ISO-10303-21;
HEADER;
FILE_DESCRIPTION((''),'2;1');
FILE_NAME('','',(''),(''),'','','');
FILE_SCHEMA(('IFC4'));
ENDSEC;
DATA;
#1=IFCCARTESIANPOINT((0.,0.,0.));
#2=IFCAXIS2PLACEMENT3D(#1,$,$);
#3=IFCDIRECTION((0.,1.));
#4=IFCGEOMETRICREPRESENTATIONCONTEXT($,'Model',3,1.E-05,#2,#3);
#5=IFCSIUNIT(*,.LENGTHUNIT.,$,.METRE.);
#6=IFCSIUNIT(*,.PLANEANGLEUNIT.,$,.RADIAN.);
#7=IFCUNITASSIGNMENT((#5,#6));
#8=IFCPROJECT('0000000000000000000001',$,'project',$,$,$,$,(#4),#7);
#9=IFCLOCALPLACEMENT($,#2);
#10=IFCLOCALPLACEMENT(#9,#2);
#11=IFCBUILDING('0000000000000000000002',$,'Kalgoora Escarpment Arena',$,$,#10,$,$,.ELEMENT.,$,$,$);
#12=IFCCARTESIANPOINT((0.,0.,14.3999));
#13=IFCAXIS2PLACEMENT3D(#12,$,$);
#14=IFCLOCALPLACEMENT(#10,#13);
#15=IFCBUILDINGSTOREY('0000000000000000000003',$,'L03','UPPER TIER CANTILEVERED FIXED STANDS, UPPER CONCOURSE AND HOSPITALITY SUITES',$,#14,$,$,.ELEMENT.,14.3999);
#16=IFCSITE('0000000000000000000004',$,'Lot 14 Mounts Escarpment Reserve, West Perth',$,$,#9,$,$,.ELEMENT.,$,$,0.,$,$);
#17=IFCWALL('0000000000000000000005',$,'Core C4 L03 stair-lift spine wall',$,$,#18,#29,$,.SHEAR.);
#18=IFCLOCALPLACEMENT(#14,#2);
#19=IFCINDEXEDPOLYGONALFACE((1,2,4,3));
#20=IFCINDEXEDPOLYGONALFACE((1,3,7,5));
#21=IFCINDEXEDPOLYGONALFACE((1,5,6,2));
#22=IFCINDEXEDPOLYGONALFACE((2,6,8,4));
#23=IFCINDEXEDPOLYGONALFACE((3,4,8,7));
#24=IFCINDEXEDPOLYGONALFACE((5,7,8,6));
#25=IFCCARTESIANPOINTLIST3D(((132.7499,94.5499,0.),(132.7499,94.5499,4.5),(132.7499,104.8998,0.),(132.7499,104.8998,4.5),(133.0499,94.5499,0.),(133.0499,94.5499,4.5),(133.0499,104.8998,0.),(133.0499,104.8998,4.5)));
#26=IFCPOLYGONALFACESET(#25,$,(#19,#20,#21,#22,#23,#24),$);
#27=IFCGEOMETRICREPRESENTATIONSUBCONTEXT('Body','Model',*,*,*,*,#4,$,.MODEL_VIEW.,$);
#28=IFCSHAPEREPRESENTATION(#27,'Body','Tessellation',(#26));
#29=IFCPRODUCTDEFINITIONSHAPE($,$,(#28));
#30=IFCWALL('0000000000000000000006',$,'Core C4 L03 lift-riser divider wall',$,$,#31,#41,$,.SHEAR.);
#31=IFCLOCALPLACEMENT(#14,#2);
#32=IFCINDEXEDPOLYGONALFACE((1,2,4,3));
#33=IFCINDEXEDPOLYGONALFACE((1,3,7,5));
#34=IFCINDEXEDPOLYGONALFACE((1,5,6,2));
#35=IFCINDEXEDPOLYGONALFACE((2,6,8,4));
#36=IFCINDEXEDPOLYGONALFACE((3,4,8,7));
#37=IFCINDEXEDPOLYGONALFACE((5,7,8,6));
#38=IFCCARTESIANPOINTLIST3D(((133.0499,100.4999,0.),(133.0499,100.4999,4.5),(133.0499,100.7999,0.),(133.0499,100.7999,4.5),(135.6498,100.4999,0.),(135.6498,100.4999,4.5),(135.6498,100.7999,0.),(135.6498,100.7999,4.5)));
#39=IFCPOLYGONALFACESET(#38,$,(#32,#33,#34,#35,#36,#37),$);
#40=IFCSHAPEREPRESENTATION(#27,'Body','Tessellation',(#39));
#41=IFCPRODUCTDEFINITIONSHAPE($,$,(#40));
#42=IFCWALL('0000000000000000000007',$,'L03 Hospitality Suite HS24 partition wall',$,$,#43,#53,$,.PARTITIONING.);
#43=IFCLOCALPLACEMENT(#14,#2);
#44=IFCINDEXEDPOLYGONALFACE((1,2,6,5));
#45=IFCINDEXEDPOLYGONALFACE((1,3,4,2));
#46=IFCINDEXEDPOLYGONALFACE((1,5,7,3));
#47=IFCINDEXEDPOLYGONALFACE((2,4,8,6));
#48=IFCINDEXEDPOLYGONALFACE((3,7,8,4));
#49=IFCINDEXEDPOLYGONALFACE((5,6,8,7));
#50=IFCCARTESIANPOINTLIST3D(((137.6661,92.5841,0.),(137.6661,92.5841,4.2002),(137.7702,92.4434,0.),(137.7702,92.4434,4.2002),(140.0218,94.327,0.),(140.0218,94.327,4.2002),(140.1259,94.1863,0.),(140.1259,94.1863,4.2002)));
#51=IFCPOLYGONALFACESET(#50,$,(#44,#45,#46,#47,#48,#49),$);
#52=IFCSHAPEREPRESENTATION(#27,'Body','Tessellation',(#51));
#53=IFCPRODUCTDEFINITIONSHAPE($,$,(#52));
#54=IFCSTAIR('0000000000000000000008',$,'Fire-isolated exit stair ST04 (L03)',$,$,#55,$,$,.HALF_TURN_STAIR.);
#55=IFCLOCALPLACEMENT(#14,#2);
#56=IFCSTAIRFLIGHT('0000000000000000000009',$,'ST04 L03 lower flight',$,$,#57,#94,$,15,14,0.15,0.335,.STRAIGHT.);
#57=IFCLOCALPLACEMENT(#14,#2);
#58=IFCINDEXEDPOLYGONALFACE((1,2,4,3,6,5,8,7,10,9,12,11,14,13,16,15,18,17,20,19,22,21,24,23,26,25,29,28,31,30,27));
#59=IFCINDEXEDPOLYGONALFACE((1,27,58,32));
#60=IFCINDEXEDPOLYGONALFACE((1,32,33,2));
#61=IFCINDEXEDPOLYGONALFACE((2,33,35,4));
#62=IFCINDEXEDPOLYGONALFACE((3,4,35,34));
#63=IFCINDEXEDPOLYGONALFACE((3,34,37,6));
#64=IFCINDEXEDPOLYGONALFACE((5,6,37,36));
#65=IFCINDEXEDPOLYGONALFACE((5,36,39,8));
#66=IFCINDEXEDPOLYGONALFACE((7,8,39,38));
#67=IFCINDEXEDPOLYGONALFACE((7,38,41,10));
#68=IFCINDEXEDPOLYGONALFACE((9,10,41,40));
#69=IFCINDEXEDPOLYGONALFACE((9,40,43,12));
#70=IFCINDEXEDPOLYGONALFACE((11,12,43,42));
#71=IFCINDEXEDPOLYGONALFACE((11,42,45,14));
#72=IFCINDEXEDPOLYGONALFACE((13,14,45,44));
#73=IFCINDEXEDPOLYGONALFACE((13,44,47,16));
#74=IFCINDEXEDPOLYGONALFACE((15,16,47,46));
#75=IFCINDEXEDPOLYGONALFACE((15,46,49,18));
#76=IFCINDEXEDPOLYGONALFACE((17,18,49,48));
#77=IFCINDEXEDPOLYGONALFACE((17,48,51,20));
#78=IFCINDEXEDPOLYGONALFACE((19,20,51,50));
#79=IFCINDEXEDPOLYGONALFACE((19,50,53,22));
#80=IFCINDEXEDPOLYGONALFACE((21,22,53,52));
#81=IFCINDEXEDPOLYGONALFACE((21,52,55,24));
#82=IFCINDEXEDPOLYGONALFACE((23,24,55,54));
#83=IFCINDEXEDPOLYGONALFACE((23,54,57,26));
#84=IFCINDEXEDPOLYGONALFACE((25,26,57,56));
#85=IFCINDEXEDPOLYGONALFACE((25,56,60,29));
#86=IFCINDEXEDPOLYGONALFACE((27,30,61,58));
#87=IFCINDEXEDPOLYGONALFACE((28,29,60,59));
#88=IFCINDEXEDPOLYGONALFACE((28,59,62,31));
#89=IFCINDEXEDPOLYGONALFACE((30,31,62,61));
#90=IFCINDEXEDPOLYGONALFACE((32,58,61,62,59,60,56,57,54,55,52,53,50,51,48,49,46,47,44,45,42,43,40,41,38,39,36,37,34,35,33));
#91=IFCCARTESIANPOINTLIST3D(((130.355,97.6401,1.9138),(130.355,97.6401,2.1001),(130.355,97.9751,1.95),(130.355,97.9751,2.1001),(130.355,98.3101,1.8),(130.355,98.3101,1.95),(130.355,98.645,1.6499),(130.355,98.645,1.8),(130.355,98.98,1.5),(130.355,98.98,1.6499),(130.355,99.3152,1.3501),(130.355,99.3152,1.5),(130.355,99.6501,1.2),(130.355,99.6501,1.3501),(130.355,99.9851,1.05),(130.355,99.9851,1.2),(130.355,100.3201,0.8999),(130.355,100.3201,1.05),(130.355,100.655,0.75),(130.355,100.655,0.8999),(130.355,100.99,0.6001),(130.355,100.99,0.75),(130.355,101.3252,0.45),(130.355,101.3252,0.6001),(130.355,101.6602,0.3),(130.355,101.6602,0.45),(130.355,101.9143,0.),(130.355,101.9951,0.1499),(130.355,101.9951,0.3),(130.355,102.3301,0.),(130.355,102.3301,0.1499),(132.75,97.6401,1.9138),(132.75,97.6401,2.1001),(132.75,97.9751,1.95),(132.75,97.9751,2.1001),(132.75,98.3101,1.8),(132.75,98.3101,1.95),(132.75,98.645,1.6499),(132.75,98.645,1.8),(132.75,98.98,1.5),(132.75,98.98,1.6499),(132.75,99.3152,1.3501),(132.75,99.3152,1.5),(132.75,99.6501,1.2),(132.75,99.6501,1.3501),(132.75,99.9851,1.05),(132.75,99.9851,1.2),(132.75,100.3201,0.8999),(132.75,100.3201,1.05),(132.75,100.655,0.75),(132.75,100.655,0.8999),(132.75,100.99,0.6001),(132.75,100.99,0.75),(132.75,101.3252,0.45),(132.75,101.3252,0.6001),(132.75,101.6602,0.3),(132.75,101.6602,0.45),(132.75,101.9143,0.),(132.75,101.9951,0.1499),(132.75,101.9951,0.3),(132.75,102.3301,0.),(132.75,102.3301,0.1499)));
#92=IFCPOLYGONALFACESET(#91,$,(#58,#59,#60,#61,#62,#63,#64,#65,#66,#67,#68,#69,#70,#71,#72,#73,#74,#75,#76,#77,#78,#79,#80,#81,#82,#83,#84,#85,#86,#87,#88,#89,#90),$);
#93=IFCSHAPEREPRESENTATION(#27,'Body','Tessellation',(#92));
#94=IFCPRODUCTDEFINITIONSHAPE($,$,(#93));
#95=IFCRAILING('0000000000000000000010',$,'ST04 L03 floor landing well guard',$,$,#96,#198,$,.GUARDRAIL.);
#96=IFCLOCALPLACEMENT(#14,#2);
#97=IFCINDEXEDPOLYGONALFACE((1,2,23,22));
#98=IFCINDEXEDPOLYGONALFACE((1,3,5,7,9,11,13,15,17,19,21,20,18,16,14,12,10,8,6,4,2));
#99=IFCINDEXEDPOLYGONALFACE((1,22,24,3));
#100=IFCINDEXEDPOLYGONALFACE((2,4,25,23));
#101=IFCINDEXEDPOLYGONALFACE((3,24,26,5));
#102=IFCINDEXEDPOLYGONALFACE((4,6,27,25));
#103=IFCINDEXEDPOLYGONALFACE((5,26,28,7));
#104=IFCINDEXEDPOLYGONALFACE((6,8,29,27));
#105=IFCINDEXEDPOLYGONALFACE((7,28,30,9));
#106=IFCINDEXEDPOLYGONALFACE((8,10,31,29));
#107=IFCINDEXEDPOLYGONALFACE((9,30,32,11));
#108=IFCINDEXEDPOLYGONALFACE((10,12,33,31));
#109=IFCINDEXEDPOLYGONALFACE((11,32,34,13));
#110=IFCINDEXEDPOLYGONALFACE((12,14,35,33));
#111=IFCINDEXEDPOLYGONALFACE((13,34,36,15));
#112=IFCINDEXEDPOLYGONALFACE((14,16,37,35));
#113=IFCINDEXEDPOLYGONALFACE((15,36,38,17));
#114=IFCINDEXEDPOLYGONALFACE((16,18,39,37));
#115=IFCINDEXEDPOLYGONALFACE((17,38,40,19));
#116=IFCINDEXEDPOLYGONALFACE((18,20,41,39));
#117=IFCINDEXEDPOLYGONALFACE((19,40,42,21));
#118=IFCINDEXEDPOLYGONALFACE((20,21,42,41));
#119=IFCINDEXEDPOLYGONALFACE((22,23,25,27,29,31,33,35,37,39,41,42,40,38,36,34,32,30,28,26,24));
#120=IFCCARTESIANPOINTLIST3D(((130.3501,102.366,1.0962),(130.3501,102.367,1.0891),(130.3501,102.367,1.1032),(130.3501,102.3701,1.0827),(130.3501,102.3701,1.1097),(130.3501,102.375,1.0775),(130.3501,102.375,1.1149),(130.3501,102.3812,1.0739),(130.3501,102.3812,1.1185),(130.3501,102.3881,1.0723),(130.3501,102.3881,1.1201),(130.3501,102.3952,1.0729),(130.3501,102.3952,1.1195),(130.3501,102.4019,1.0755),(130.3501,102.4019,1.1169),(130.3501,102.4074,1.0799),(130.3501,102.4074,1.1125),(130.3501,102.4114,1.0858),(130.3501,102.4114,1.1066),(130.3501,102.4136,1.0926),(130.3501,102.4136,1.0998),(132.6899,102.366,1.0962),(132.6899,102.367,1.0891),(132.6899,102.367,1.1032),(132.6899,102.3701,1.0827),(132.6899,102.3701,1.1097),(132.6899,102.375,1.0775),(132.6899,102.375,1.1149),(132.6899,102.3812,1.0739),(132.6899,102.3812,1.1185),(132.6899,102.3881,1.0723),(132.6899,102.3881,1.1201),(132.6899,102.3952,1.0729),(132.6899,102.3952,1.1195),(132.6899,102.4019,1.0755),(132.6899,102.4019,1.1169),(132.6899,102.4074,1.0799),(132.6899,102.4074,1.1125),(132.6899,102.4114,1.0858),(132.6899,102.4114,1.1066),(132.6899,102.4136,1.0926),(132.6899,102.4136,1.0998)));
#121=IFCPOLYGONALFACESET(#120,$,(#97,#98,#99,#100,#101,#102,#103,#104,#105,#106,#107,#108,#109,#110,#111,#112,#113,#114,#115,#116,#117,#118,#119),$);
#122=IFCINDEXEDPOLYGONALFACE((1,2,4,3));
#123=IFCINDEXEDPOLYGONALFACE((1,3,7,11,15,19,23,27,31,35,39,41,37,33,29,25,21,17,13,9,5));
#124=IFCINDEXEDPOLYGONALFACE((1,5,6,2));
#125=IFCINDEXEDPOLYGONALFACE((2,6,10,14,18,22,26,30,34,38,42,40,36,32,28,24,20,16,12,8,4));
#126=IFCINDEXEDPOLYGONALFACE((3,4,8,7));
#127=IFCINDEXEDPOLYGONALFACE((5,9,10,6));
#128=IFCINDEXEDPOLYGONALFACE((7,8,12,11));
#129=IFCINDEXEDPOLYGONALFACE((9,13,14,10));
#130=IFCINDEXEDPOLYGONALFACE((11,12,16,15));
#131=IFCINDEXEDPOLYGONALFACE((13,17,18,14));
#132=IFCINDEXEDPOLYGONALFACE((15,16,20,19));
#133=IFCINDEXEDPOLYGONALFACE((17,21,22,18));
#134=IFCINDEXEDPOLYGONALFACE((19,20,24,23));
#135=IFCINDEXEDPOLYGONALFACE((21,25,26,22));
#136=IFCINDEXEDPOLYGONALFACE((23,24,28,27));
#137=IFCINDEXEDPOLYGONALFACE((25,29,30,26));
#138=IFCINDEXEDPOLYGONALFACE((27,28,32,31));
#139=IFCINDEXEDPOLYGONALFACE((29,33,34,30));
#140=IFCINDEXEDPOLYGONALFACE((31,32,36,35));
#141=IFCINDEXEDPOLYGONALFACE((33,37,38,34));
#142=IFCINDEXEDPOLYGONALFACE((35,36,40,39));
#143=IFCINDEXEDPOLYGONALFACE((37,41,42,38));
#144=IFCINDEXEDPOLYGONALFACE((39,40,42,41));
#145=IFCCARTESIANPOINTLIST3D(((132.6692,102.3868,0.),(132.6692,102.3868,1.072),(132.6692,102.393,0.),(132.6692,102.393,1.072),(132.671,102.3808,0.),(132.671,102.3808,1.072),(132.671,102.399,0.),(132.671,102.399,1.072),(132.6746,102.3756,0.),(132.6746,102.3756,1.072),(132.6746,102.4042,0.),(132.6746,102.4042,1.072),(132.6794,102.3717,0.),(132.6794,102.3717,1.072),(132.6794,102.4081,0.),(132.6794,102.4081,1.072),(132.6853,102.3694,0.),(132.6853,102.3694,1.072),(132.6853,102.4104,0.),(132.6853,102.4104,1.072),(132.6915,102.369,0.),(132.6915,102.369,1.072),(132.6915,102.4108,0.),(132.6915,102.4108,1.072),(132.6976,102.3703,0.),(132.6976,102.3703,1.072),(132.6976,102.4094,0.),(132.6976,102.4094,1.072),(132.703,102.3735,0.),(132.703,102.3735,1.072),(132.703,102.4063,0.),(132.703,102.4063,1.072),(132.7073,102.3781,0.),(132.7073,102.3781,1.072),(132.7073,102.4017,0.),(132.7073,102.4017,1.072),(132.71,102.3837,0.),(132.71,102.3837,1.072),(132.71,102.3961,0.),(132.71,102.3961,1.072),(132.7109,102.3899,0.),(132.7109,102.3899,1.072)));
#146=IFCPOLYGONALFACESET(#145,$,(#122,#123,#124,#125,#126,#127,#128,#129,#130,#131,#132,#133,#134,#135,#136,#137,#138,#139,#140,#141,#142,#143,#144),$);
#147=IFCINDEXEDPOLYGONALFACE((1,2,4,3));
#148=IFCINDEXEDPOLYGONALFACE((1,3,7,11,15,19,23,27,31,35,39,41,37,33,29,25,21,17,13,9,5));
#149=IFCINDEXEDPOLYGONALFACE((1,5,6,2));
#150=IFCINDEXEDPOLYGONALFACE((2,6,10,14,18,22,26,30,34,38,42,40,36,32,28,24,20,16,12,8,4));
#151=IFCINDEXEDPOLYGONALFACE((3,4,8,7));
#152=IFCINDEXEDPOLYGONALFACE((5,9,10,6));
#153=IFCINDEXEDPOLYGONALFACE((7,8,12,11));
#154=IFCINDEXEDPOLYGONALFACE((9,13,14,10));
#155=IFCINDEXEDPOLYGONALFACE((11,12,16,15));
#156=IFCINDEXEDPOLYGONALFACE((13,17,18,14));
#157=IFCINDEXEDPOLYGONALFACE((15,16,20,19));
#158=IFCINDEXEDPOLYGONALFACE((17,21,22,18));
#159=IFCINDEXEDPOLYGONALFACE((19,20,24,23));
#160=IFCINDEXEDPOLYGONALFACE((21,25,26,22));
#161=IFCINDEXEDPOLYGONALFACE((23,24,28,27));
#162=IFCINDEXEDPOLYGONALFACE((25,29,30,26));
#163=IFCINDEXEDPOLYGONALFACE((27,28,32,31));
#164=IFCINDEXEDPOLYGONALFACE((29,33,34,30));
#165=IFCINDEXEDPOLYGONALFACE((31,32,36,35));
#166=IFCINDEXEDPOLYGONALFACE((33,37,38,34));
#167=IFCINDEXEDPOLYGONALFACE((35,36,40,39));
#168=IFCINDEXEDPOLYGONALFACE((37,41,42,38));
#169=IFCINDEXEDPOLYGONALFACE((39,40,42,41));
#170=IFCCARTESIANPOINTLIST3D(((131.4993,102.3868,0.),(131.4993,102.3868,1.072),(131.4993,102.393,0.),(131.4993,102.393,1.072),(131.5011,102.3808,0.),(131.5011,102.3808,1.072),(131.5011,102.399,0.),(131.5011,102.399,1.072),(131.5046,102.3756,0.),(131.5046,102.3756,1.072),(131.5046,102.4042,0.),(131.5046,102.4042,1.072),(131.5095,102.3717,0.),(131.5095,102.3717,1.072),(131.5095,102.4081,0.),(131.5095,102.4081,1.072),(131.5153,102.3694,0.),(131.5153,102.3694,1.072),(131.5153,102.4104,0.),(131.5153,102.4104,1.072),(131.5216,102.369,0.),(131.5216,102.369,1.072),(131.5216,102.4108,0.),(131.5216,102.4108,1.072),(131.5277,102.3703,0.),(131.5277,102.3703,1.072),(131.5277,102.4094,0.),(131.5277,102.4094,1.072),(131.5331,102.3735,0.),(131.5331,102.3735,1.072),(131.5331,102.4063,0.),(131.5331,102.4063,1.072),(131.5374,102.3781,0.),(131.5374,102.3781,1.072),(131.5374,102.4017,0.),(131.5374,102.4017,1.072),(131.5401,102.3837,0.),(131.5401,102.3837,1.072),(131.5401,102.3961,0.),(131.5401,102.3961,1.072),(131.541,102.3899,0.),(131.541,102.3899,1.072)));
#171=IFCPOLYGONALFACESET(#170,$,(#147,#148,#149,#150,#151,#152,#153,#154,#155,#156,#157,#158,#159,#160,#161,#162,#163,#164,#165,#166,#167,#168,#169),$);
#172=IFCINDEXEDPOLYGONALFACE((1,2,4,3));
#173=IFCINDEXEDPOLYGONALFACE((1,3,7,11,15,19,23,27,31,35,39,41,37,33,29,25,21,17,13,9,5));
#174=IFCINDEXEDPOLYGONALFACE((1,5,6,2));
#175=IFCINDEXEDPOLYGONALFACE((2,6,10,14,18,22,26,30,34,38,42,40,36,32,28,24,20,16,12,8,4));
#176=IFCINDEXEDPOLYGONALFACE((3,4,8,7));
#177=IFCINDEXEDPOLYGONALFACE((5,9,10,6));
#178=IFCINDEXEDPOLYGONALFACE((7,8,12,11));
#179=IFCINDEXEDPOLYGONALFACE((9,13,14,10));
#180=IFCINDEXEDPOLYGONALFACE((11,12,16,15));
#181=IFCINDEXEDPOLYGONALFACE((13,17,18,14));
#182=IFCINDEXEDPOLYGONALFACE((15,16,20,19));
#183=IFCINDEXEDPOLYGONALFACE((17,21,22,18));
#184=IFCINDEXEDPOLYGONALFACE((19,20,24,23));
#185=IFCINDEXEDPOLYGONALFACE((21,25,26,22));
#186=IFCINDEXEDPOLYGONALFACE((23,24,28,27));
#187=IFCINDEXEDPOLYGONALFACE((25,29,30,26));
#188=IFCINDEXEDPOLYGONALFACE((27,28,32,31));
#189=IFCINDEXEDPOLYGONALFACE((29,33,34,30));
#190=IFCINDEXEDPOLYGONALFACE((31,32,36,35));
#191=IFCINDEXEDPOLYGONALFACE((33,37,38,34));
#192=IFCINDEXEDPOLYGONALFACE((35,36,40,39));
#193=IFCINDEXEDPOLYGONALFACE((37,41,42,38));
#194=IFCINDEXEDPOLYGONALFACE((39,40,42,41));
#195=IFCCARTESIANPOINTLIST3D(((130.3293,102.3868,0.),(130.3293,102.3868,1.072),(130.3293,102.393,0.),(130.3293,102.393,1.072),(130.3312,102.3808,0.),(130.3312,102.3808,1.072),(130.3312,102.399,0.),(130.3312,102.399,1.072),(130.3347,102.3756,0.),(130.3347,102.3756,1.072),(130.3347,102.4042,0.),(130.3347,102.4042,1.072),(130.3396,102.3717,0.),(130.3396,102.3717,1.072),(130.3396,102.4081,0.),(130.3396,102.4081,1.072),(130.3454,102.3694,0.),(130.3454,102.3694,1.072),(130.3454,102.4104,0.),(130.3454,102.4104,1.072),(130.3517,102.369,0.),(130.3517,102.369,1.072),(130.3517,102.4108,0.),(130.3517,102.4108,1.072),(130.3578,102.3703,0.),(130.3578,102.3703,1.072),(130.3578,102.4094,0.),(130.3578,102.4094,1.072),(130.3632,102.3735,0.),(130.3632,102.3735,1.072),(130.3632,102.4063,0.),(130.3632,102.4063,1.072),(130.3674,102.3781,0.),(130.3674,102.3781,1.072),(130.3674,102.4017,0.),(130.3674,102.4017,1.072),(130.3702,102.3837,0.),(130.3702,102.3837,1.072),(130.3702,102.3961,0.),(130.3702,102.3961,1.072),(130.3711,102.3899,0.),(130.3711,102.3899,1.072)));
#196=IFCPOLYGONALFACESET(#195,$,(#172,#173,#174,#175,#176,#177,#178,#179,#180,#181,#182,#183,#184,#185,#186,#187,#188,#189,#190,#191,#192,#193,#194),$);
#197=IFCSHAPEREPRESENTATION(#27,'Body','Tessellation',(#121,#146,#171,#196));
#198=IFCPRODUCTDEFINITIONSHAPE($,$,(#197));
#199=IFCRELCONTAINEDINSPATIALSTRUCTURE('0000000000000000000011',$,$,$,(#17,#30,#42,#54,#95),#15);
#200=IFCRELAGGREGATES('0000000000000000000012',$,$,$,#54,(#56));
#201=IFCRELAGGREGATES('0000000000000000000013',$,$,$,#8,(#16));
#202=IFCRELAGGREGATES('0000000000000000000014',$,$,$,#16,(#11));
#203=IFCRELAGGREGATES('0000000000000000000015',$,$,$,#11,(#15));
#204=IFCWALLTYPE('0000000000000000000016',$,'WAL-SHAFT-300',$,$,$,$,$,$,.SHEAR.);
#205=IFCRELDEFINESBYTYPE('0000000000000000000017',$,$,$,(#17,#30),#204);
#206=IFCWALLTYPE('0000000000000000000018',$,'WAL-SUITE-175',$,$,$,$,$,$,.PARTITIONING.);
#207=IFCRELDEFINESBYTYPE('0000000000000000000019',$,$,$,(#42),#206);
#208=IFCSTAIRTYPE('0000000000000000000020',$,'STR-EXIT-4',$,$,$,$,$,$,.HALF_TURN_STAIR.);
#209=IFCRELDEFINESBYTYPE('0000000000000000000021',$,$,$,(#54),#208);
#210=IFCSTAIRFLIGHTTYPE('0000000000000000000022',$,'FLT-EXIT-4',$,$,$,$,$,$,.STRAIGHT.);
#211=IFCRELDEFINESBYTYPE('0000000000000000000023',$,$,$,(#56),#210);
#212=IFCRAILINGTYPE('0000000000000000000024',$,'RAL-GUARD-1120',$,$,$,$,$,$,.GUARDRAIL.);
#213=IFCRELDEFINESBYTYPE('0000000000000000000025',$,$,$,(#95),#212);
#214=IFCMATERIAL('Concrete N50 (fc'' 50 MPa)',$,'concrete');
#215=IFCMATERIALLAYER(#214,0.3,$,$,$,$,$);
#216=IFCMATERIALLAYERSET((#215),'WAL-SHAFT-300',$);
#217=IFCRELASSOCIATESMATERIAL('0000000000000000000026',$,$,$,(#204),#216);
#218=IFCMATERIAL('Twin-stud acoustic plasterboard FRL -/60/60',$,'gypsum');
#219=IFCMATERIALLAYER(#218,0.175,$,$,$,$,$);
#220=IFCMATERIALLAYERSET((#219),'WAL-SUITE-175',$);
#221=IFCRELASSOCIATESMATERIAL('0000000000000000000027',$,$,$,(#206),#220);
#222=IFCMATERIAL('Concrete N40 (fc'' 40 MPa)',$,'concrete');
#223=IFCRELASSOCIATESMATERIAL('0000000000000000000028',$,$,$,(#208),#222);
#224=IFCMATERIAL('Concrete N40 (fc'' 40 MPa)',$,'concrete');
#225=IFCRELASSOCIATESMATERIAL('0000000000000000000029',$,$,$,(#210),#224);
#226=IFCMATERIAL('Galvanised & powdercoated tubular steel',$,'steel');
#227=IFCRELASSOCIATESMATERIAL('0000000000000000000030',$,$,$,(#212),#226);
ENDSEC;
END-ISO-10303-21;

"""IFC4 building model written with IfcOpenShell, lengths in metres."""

from ifc_helpers import new_model, si_unit, direction, frame, frame_2d, origin, origin_2d, place, context, subcontext, project, spatial, polyline, rectangle, circle, outline, extrude, material, layer, layer_set, type_object, element, aggregate, save


model = new_model("IFC4")

# Units and contexts
model_context = context("Model", 3, precision=1e-05, world=origin(), true_north=direction((0.0, 1.0)))
body_context = subcontext(model_context, "Body", "Model", "MODEL_VIEW")
ifc_project = project(units=[si_unit("LENGTHUNIT", "METRE"), si_unit("PLANEANGLEUNIT", "RADIAN")], contexts=[model_context])

# Site, building, storey
site_placement = place(None, origin())
site = spatial("IfcSite", under=ifc_project, at=site_placement, Name="Lot 14 Mounts Escarpment Reserve, West Perth", CompositionType="ELEMENT", RefElevation=0.0)
building_placement = place(site_placement, origin())
building = spatial("IfcBuilding", under=site, at=building_placement, Name="Kalgoora Escarpment Arena", CompositionType="ELEMENT")
storey_placement = place(building_placement, frame((0.0, 0.0, 14.3999)))
storey = spatial("IfcBuildingStorey", under=building, at=storey_placement, Name="L03", Description="UPPER TIER CANTILEVERED FIXED STANDS, UPPER CONCOURSE AND HOSPITALITY SUITES", CompositionType="ELEMENT", Elevation=14.3999)

# Walls
ifc_material_1 = material(Name="Concrete N50 (fc' 50 MPa)", Category="concrete")
ifc_layer_1 = layer(ifc_material_1, 0.3)
ifc_layer_set_1 = layer_set([ifc_layer_1], Name="WAL-SHAFT-300")
wall_type_1 = type_object("IfcWallType", Name="WAL-SHAFT-300", PredefinedType="SHEAR", material=ifc_layer_set_1)
wall_1_placement = place(storey_placement, frame((132.8999, 94.55, 0.0), z_axis=(0.0, 0.0, 1.0), x_axis=(0.0, 1.0, 0.0)))
element("IfcWall", 1, at=wall_1_placement, inside=storey, type_object=wall_type_1, Name="Core C4 L03 stair-lift spine wall", PredefinedType="SHEAR", context=body_context, shape_type="SweptSolid", body=[
    extrude(rectangle(XDim=10.3499, YDim=0.3, at=frame_2d((5.1748, 0.0))), origin(), (0.0, 0.0, 1.0), 4.5),
])
wall_2_placement = place(storey_placement, frame((133.05, 100.6499, 0.0), z_axis=(0.0, 0.0, 1.0), x_axis=(1.0, 0.0, 0.0)))
element("IfcWall", 2, at=wall_2_placement, inside=storey, type_object=wall_type_1, Name="Core C4 L03 lift-riser divider wall", PredefinedType="SHEAR", context=body_context, shape_type="SweptSolid", body=[
    extrude(rectangle(XDim=2.5999, YDim=0.3, at=frame_2d((1.2998, 0.0))), origin(), (0.0, 0.0, 1.0), 4.5),
])
ifc_material_2 = material(Name="Twin-stud acoustic plasterboard FRL -/60/60", Category="gypsum")
ifc_layer_2 = layer(ifc_material_2, 0.175)
ifc_layer_set_2 = layer_set([ifc_layer_2], Name="WAL-SUITE-175")
wall_type_2 = type_object("IfcWallType", Name="WAL-SUITE-175", PredefinedType="PARTITIONING", material=ifc_layer_set_2)
wall_3_placement = place(storey_placement, frame((137.718, 92.5137, 0.0), z_axis=(0.0, 0.0, 1.0), x_axis=(0.803892, 0.594775, 0.0)))
element("IfcWall", 3, at=wall_3_placement, inside=storey, type_object=wall_type_2, Name="L03 Hospitality Suite HS24 partition wall", PredefinedType="PARTITIONING", context=body_context, shape_type="SweptSolid", body=[
    extrude(rectangle(XDim=2.9304, YDim=0.175, at=frame_2d((1.4653, 0.0))), origin(), (0.0, 0.0, 1.0), 4.2002),
])

# Stair, stair flight
ifc_material_3 = material(Name="Concrete N40 (fc' 40 MPa)", Category="concrete")
stair_type = type_object("IfcStairType", Name="STR-EXIT-4", PredefinedType="HALF_TURN_STAIR", material=ifc_material_3)
stair_placement = place(storey_placement, origin())
stair = element("IfcStair", 4, at=stair_placement, inside=storey, type_object=stair_type, Name="Fire-isolated exit stair ST04 (L03)", PredefinedType="HALF_TURN_STAIR")
ifc_material_4 = material(Name="Concrete N40 (fc' 40 MPa)", Category="concrete")
stair_flight_type = type_object("IfcStairFlightType", Name="FLT-EXIT-4", PredefinedType="STRAIGHT", material=ifc_material_4)
stair_flight_placement = place(storey_placement, frame((131.5525, 102.3301, 0.0), z_axis=(0.0, 0.0, 1.0), x_axis=(0.0, -1.0, 0.0)))
stair_flight = element("IfcStairFlight", 5, at=stair_flight_placement, type_object=stair_flight_type, Name="ST04 L03 lower flight", NumberOfRisers=15, NumberOfTreads=14, PredefinedType="STRAIGHT", RiserHeight=0.15, TreadLength=0.335, context=body_context, shape_type="SweptSolid", body=[
    extrude(outline(polyline([(0.0, 0.0), (0.0, 0.1499), (0.335, 0.1499), (0.335, 0.3), (0.6699, 0.3), (0.6699, 0.45), (1.0049, 0.45), (1.0049, 0.6001), (1.3401, 0.6001), (1.3401, 0.75), (1.675, 0.75), (1.675, 0.8999), (2.01, 0.8999), (2.01, 1.05), (2.345, 1.05), (2.345, 1.2), (2.6799, 1.2), (2.6799, 1.3501), (3.0149, 1.3501), (3.0149, 1.5), (3.3501, 1.5), (3.3501, 1.6499), (3.6851, 1.6499), (3.6851, 1.8), (4.02, 1.8), (4.02, 1.95), (4.355, 1.95), (4.355, 2.1001), (4.6899, 2.1001), (4.6899, 2.25), (4.6899, 1.9138), (0.4158, 0.0), (0.0, 0.0)])), frame((0.0, 1.1975, 0.0), z_axis=(0.0, -1.0, 0.0), x_axis=(1.0, 0.0, 0.0)), (0.0, 0.0, 1.0), 2.395),
])
aggregate(stair, [stair_flight])

# Railing
ifc_material_5 = material(Name="Galvanised & powdercoated tubular steel", Category="steel")
railing_type_1 = type_object("IfcRailingType", Name="RAL-GUARD-1120", PredefinedType="GUARDRAIL", material=ifc_material_5)
railing_1_placement = place(storey_placement, frame((132.6899, 102.3899, 0.0)))
element("IfcRailing", 6, at=railing_1_placement, inside=storey, type_object=railing_type_1, Name="ST04 L03 floor landing well guard", PredefinedType="GUARDRAIL", context=body_context, shape_type="SweptSolid", body=[
    extrude(circle(Radius=0.0239, at=origin_2d()), frame((0.0, 0.0, 1.0962), z_axis=(-1.0, 0.0, 0.0), x_axis=(0.0, -1.0, 0.0)), (0.0, 0.0, 1.0), 2.3398),
    extrude(circle(Radius=0.021, at=origin_2d()), origin(), (0.0, 0.0, 1.0), 1.072),
    extrude(circle(Radius=0.021, at=origin_2d()), frame((-1.1699, 0.0, 0.0)), (0.0, 0.0, 1.0), 1.072),
    extrude(circle(Radius=0.021, at=origin_2d()), frame((-2.3398, 0.0, 0.0)), (0.0, 0.0, 1.0), 1.072),
])

save(model, "model.ifc")
